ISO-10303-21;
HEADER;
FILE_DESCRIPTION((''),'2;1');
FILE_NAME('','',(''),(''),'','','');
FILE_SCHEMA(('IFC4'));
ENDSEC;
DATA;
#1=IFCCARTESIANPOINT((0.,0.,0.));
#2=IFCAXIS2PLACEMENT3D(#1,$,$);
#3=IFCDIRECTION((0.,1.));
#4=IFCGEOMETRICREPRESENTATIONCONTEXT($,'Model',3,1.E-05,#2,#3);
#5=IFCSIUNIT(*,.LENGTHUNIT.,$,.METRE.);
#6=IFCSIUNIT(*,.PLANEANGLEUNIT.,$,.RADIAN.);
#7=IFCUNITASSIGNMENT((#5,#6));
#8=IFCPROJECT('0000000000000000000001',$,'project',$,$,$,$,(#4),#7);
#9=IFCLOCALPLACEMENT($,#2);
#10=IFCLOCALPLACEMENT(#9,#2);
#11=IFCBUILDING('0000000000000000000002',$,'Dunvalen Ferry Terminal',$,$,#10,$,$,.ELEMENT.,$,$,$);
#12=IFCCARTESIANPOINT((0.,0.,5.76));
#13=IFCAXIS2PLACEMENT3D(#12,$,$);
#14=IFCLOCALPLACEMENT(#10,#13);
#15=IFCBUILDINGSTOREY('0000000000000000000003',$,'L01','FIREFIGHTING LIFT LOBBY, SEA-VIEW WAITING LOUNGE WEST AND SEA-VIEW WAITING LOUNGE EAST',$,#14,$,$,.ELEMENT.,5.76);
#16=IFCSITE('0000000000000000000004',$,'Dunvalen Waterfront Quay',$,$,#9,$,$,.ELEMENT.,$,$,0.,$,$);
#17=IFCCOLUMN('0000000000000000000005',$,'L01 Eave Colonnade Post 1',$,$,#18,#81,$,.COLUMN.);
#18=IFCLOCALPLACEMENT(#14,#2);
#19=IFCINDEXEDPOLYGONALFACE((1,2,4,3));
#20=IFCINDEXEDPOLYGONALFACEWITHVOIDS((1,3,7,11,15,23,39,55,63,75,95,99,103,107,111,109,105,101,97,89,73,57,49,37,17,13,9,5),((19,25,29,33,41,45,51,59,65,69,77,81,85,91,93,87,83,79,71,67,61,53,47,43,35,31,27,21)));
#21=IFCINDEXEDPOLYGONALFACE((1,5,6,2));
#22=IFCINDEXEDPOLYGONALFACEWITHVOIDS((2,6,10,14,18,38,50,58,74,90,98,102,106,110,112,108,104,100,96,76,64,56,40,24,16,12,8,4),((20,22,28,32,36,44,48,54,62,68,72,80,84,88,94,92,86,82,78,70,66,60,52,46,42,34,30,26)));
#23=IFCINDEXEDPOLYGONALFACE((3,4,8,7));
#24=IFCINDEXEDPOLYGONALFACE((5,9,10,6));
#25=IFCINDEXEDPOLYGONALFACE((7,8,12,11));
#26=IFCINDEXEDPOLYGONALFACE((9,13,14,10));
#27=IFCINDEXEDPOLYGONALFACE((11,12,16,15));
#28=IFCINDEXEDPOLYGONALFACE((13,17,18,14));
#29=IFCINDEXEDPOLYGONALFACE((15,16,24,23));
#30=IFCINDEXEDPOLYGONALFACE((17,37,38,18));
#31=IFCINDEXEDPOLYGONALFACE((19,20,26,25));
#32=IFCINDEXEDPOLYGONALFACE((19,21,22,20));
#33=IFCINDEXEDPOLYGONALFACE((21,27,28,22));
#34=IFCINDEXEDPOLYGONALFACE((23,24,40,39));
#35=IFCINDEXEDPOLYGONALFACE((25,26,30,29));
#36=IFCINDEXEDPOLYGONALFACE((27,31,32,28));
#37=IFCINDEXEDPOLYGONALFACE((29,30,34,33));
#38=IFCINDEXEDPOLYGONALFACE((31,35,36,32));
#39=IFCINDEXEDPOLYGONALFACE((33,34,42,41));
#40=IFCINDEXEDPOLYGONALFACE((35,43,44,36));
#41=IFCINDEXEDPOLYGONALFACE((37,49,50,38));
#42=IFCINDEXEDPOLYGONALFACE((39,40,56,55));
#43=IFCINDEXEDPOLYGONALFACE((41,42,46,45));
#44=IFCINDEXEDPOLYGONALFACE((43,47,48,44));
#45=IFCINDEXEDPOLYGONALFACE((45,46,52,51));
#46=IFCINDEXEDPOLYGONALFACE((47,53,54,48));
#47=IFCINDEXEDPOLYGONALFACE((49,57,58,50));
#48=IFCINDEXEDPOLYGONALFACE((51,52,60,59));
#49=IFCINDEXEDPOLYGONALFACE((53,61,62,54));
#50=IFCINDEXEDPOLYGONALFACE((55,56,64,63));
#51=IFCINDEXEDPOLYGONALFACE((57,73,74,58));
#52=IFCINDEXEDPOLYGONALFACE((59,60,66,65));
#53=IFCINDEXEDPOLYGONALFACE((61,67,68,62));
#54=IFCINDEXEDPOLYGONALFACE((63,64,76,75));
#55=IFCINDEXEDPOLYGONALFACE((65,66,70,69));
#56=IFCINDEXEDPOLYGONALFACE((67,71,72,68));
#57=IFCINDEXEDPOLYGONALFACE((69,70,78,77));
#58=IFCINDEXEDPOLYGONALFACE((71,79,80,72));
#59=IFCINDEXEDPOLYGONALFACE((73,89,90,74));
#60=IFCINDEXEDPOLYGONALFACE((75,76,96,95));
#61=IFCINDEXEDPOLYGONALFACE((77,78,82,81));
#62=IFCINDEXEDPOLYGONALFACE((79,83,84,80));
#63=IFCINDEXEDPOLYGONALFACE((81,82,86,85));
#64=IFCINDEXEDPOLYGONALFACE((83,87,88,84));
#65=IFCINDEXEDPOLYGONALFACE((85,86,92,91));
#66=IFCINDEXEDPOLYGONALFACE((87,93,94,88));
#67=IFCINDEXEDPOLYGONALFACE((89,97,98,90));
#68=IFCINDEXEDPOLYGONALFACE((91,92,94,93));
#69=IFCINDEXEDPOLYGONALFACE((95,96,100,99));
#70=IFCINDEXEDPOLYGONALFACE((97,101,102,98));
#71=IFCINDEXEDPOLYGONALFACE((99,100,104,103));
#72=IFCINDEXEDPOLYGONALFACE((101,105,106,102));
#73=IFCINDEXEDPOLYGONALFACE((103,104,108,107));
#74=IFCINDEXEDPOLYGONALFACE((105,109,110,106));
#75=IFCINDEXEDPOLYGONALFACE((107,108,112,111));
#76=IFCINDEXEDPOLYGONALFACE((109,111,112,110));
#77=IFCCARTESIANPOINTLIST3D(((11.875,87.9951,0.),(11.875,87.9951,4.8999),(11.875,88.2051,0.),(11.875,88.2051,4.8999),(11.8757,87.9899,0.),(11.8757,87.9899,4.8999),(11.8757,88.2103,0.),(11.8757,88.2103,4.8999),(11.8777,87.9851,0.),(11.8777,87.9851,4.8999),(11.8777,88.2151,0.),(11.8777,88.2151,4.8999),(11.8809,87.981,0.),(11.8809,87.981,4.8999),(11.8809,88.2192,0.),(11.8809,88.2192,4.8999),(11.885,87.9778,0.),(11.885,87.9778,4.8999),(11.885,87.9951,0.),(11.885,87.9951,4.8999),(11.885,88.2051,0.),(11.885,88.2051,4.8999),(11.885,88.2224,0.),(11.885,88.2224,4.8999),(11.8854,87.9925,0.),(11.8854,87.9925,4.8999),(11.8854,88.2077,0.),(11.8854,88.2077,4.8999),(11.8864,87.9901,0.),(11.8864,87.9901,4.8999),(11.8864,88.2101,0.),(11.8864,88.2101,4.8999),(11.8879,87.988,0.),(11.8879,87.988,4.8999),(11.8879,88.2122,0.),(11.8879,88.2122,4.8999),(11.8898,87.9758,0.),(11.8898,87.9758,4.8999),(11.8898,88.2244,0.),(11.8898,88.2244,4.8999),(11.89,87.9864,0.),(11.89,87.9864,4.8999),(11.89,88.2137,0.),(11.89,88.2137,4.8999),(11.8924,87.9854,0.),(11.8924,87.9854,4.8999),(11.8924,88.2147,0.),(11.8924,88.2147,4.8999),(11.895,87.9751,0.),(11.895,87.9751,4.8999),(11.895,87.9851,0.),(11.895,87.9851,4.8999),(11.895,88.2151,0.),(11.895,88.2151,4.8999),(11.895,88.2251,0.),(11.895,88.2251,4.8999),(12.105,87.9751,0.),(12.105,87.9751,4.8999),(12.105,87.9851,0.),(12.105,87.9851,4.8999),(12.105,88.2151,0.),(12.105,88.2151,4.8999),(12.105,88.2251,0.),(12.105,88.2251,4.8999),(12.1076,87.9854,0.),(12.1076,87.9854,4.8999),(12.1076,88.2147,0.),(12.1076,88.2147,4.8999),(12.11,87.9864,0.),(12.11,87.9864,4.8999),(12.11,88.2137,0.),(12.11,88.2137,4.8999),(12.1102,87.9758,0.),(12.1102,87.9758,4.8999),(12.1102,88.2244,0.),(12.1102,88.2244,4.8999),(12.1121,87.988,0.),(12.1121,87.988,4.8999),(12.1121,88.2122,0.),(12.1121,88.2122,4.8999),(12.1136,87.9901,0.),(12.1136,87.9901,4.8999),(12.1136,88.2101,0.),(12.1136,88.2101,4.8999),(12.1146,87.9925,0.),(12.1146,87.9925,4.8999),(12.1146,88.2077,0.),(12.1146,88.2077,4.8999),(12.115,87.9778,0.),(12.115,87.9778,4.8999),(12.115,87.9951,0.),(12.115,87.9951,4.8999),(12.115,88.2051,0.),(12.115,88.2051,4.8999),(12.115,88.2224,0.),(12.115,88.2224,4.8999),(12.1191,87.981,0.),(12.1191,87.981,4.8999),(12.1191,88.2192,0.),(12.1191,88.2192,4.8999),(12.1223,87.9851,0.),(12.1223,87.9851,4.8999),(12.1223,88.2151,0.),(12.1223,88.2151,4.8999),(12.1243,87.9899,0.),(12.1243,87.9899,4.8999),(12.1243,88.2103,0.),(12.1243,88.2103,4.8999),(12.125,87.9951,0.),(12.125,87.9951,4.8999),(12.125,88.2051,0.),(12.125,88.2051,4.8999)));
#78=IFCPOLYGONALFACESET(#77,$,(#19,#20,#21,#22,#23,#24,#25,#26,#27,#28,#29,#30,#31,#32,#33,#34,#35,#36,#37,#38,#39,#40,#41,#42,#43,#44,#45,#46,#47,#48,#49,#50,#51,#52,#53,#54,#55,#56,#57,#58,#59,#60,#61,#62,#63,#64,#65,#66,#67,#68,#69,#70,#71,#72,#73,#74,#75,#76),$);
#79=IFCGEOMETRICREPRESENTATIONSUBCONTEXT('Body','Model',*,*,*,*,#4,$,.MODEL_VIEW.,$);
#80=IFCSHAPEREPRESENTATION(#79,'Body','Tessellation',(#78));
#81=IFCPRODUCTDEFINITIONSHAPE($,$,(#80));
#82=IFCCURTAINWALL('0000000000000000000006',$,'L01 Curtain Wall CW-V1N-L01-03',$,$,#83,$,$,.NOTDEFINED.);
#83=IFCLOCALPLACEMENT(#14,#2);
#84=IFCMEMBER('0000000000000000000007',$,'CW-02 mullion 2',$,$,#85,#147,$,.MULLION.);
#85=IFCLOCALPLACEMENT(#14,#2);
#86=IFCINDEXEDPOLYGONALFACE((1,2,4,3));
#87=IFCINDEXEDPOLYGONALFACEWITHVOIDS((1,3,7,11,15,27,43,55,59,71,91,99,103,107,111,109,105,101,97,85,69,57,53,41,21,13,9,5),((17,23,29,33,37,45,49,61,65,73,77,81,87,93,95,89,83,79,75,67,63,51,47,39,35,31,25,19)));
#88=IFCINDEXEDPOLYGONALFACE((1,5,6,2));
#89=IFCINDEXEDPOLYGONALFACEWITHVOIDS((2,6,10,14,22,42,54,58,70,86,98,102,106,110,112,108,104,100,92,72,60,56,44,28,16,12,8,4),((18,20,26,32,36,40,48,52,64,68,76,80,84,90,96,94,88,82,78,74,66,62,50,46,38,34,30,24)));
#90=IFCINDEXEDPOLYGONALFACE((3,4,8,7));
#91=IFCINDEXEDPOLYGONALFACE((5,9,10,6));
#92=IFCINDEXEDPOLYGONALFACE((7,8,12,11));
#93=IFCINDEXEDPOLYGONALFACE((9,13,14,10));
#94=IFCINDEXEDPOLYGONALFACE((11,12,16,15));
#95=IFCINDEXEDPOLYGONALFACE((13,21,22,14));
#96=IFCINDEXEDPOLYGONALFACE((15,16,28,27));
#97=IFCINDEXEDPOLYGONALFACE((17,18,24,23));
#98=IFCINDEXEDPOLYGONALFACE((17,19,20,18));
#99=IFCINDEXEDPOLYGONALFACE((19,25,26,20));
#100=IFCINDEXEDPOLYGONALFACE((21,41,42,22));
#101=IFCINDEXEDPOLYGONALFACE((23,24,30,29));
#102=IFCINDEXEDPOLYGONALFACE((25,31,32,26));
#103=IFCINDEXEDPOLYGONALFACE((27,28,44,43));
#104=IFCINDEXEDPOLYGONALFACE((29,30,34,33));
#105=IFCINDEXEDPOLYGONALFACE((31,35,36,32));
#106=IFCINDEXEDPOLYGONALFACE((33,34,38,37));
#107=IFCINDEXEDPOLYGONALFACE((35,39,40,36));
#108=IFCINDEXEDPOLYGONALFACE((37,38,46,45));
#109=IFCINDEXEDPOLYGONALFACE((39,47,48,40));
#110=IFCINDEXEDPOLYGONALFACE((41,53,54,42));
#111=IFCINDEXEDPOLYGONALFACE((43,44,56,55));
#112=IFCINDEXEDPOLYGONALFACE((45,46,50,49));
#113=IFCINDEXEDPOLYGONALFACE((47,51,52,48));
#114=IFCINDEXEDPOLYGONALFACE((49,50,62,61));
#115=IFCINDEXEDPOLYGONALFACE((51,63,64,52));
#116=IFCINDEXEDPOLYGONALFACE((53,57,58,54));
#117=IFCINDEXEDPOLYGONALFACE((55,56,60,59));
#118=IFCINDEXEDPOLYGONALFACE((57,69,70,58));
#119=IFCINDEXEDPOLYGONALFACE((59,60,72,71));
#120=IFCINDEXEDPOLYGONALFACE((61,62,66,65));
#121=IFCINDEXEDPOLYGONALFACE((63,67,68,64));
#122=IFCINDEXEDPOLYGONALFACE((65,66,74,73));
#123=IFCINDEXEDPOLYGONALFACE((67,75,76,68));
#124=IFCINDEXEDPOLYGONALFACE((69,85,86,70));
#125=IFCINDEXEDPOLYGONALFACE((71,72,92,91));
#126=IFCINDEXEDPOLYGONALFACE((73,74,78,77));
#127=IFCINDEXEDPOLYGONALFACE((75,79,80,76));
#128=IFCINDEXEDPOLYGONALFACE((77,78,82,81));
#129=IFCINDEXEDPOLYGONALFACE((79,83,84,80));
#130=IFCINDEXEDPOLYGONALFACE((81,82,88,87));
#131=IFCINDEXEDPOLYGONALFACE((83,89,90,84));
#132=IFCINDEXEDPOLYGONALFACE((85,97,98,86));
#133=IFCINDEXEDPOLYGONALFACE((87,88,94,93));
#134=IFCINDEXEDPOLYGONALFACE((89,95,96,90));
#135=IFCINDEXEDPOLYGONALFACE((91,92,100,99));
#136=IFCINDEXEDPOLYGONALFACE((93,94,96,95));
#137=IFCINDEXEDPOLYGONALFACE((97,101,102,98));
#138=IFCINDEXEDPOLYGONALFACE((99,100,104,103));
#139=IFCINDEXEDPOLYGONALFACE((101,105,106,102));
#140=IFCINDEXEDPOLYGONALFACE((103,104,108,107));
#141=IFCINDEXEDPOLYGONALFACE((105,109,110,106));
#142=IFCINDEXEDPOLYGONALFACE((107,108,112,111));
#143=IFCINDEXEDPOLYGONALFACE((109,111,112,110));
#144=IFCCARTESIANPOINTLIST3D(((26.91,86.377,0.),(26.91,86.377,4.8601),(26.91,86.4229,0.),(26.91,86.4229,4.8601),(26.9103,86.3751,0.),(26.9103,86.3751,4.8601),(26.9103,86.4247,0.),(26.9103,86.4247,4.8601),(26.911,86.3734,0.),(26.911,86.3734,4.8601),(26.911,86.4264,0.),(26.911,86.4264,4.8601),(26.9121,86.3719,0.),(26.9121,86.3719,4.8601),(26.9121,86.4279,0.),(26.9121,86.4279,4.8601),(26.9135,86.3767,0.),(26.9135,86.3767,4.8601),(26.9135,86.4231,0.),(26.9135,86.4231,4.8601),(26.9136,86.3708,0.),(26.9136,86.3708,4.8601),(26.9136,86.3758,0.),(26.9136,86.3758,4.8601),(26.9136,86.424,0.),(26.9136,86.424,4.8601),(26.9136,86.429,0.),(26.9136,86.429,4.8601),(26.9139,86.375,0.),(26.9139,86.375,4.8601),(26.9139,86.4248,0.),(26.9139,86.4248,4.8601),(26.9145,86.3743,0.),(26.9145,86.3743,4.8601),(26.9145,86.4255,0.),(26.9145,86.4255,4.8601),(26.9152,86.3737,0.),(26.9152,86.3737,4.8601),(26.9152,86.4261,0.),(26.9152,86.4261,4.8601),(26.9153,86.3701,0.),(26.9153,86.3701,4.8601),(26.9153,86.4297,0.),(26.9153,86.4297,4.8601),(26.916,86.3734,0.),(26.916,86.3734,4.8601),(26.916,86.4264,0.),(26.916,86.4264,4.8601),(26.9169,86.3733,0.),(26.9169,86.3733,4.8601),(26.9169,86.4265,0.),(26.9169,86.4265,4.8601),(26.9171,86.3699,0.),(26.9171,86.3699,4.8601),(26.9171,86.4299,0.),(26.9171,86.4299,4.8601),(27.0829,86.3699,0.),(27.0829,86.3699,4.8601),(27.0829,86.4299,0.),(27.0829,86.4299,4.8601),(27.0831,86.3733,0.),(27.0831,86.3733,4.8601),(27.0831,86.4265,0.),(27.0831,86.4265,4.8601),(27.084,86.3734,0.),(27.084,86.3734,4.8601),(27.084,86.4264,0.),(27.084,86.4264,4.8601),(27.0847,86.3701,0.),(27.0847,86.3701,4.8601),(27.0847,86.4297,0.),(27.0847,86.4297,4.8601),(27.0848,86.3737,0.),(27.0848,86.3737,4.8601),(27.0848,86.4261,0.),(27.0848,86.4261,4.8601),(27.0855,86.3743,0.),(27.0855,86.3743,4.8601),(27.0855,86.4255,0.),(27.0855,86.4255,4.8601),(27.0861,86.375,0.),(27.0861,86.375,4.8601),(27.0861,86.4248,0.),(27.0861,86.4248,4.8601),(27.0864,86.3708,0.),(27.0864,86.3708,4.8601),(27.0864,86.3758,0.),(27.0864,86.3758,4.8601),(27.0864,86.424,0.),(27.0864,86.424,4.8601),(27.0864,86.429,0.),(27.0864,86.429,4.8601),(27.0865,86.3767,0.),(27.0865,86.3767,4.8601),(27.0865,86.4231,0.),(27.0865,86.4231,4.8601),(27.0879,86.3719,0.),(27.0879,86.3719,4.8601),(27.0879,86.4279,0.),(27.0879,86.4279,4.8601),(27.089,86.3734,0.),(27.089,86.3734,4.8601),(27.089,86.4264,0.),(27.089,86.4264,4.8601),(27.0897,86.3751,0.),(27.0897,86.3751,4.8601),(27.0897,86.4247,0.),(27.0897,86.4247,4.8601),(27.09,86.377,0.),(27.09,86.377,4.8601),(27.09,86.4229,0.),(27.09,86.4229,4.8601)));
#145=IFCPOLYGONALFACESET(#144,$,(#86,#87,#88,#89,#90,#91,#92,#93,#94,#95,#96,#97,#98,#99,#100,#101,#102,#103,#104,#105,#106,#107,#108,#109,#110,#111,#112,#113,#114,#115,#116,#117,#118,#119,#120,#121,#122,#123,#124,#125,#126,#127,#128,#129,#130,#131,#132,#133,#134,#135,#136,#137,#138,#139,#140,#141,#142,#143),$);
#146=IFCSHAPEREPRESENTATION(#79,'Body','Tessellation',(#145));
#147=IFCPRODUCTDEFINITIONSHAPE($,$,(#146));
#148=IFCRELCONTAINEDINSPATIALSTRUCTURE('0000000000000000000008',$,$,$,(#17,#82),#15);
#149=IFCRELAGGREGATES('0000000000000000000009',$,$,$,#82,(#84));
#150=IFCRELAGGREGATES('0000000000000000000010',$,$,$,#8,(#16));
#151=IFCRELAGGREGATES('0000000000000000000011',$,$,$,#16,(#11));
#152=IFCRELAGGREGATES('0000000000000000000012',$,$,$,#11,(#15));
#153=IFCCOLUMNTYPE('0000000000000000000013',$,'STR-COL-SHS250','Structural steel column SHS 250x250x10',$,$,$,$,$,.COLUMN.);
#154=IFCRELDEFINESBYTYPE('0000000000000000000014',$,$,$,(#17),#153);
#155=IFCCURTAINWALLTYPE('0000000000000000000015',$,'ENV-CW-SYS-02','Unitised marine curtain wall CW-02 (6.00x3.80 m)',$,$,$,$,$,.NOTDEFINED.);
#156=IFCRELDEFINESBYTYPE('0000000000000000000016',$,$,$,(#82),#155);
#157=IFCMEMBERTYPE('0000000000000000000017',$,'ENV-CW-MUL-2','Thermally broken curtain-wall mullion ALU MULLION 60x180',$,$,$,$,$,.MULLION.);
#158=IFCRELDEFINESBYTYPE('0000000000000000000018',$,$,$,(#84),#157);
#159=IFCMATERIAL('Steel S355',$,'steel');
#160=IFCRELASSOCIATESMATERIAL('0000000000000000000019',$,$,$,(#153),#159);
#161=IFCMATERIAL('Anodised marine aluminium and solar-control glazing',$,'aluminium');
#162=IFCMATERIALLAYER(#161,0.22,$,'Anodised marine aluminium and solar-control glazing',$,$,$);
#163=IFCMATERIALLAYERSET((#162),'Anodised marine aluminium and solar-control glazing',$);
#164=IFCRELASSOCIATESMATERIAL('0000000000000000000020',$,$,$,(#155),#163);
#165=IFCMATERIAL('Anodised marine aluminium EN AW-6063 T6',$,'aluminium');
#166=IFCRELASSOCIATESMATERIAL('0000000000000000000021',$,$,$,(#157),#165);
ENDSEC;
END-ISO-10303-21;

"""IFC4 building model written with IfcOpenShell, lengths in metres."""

from ifc_helpers import new_model, si_unit, direction, frame, origin, origin_2d, place, context, subcontext, project, spatial, hollow_rectangle, extrude, material, layer, layer_set, material_profile, profile_set, type_object, element, aggregate, save


model = new_model("IFC4")

# Units and contexts
model_context = context("Model", 3, precision=1e-05, world=origin(), true_north=direction((0.0, 1.0)))
body_context = subcontext(model_context, "Body", "Model", "MODEL_VIEW")
ifc_project = project(units=[si_unit("LENGTHUNIT", "METRE"), si_unit("PLANEANGLEUNIT", "RADIAN")], contexts=[model_context])

# Site, building, storey
site_placement = place(None, origin())
site = spatial("IfcSite", under=ifc_project, at=site_placement, Name="Dunvalen Waterfront Quay", CompositionType="ELEMENT", RefElevation=0.0)
building_placement = place(site_placement, origin())
building = spatial("IfcBuilding", under=site, at=building_placement, Name="Dunvalen Ferry Terminal", CompositionType="ELEMENT")
storey_placement = place(building_placement, frame((0.0, 0.0, 5.76)))
storey = spatial("IfcBuildingStorey", under=building, at=storey_placement, Name="L01", Description="FIREFIGHTING LIFT LOBBY, SEA-VIEW WAITING LOUNGE WEST AND SEA-VIEW WAITING LOUNGE EAST", CompositionType="ELEMENT", Elevation=5.76)

# Column
ifc_material_1 = material(Name="Steel S355", Category="steel")
ifc_material_profile_1 = material_profile(ifc_material_1, hollow_rectangle(XDim=0.25, YDim=0.25, WallThickness=0.01, InnerFilletRadius=0.01, OuterFilletRadius=0.02, at=origin_2d()), Name="Steel S355")
ifc_profile_set_1 = profile_set([ifc_material_profile_1], Name="Steel S355")
column_type = type_object("IfcColumnType", Name="STR-COL-SHS250", Description="Structural steel column SHS 250x250x10", PredefinedType="COLUMN", material=ifc_profile_set_1)
column_placement = place(storey_placement, frame((12.0, 88.1001, 0.0), z_axis=(0.0, 0.0, 1.0), x_axis=(1.0, 0.0, 0.0)))
element("IfcColumn", 1, at=column_placement, inside=storey, type_object=column_type, Name="L01 Eave Colonnade Post 1", PredefinedType="COLUMN", context=body_context, shape_type="SweptSolid", body=[
    extrude(hollow_rectangle(XDim=0.25, YDim=0.25, WallThickness=0.01, InnerFilletRadius=0.01, OuterFilletRadius=0.02, at=origin_2d()), origin(), (0.0, 0.0, 1.0), 4.8999),
])

# Curtain wall, member
ifc_material_2 = material(Name="Anodised marine aluminium and solar-control glazing", Category="aluminium")
ifc_layer_1 = layer(ifc_material_2, 0.22, Name="Anodised marine aluminium and solar-control glazing")
ifc_layer_set_1 = layer_set([ifc_layer_1], Name="Anodised marine aluminium and solar-control glazing")
curtain_wall_type_1 = type_object("IfcCurtainWallType", Name="ENV-CW-SYS-02", Description="Unitised marine curtain wall CW-02 (6.00x3.80 m)", PredefinedType="NOTDEFINED", material=ifc_layer_set_1)
curtain_wall_1_placement = place(storey_placement, origin())
curtain_wall_1 = element("IfcCurtainWall", 2, at=curtain_wall_1_placement, inside=storey, type_object=curtain_wall_type_1, Name="L01 Curtain Wall CW-V1N-L01-03", PredefinedType="NOTDEFINED")
ifc_material_3 = material(Name="Anodised marine aluminium EN AW-6063 T6", Category="aluminium")
ifc_material_profile_2 = material_profile(ifc_material_3, hollow_rectangle(XDim=0.0601, YDim=0.1799, WallThickness=0.0034, InnerFilletRadius=0.0034, OuterFilletRadius=0.0071, at=origin_2d()), Name="Anodised marine aluminium EN AW-6063 T6")
ifc_profile_set_2 = profile_set([ifc_material_profile_2], Name="Anodised marine aluminium EN AW-6063 T6")
member_type_1 = type_object("IfcMemberType", Name="ENV-CW-MUL-2", Description="Thermally broken curtain-wall mullion ALU MULLION 60x180", PredefinedType="MULLION", material=ifc_profile_set_2)
member_1_placement = place(storey_placement, frame((27.0, 86.3999, 0.0), z_axis=(0.0, 0.0, 1.0), x_axis=(0.0, 1.0, 0.0)))
member_1 = element("IfcMember", 3, at=member_1_placement, type_object=member_type_1, Name="CW-02 mullion 2", PredefinedType="MULLION", context=body_context, shape_type="SweptSolid", body=[
    extrude(hollow_rectangle(XDim=0.0601, YDim=0.1799, WallThickness=0.0034, InnerFilletRadius=0.0034, OuterFilletRadius=0.0071, at=origin_2d()), origin(), (0.0, 0.0, 1.0), 4.8601),
])

aggregate(curtain_wall_1, [member_1])

save(model, "model.ifc")
